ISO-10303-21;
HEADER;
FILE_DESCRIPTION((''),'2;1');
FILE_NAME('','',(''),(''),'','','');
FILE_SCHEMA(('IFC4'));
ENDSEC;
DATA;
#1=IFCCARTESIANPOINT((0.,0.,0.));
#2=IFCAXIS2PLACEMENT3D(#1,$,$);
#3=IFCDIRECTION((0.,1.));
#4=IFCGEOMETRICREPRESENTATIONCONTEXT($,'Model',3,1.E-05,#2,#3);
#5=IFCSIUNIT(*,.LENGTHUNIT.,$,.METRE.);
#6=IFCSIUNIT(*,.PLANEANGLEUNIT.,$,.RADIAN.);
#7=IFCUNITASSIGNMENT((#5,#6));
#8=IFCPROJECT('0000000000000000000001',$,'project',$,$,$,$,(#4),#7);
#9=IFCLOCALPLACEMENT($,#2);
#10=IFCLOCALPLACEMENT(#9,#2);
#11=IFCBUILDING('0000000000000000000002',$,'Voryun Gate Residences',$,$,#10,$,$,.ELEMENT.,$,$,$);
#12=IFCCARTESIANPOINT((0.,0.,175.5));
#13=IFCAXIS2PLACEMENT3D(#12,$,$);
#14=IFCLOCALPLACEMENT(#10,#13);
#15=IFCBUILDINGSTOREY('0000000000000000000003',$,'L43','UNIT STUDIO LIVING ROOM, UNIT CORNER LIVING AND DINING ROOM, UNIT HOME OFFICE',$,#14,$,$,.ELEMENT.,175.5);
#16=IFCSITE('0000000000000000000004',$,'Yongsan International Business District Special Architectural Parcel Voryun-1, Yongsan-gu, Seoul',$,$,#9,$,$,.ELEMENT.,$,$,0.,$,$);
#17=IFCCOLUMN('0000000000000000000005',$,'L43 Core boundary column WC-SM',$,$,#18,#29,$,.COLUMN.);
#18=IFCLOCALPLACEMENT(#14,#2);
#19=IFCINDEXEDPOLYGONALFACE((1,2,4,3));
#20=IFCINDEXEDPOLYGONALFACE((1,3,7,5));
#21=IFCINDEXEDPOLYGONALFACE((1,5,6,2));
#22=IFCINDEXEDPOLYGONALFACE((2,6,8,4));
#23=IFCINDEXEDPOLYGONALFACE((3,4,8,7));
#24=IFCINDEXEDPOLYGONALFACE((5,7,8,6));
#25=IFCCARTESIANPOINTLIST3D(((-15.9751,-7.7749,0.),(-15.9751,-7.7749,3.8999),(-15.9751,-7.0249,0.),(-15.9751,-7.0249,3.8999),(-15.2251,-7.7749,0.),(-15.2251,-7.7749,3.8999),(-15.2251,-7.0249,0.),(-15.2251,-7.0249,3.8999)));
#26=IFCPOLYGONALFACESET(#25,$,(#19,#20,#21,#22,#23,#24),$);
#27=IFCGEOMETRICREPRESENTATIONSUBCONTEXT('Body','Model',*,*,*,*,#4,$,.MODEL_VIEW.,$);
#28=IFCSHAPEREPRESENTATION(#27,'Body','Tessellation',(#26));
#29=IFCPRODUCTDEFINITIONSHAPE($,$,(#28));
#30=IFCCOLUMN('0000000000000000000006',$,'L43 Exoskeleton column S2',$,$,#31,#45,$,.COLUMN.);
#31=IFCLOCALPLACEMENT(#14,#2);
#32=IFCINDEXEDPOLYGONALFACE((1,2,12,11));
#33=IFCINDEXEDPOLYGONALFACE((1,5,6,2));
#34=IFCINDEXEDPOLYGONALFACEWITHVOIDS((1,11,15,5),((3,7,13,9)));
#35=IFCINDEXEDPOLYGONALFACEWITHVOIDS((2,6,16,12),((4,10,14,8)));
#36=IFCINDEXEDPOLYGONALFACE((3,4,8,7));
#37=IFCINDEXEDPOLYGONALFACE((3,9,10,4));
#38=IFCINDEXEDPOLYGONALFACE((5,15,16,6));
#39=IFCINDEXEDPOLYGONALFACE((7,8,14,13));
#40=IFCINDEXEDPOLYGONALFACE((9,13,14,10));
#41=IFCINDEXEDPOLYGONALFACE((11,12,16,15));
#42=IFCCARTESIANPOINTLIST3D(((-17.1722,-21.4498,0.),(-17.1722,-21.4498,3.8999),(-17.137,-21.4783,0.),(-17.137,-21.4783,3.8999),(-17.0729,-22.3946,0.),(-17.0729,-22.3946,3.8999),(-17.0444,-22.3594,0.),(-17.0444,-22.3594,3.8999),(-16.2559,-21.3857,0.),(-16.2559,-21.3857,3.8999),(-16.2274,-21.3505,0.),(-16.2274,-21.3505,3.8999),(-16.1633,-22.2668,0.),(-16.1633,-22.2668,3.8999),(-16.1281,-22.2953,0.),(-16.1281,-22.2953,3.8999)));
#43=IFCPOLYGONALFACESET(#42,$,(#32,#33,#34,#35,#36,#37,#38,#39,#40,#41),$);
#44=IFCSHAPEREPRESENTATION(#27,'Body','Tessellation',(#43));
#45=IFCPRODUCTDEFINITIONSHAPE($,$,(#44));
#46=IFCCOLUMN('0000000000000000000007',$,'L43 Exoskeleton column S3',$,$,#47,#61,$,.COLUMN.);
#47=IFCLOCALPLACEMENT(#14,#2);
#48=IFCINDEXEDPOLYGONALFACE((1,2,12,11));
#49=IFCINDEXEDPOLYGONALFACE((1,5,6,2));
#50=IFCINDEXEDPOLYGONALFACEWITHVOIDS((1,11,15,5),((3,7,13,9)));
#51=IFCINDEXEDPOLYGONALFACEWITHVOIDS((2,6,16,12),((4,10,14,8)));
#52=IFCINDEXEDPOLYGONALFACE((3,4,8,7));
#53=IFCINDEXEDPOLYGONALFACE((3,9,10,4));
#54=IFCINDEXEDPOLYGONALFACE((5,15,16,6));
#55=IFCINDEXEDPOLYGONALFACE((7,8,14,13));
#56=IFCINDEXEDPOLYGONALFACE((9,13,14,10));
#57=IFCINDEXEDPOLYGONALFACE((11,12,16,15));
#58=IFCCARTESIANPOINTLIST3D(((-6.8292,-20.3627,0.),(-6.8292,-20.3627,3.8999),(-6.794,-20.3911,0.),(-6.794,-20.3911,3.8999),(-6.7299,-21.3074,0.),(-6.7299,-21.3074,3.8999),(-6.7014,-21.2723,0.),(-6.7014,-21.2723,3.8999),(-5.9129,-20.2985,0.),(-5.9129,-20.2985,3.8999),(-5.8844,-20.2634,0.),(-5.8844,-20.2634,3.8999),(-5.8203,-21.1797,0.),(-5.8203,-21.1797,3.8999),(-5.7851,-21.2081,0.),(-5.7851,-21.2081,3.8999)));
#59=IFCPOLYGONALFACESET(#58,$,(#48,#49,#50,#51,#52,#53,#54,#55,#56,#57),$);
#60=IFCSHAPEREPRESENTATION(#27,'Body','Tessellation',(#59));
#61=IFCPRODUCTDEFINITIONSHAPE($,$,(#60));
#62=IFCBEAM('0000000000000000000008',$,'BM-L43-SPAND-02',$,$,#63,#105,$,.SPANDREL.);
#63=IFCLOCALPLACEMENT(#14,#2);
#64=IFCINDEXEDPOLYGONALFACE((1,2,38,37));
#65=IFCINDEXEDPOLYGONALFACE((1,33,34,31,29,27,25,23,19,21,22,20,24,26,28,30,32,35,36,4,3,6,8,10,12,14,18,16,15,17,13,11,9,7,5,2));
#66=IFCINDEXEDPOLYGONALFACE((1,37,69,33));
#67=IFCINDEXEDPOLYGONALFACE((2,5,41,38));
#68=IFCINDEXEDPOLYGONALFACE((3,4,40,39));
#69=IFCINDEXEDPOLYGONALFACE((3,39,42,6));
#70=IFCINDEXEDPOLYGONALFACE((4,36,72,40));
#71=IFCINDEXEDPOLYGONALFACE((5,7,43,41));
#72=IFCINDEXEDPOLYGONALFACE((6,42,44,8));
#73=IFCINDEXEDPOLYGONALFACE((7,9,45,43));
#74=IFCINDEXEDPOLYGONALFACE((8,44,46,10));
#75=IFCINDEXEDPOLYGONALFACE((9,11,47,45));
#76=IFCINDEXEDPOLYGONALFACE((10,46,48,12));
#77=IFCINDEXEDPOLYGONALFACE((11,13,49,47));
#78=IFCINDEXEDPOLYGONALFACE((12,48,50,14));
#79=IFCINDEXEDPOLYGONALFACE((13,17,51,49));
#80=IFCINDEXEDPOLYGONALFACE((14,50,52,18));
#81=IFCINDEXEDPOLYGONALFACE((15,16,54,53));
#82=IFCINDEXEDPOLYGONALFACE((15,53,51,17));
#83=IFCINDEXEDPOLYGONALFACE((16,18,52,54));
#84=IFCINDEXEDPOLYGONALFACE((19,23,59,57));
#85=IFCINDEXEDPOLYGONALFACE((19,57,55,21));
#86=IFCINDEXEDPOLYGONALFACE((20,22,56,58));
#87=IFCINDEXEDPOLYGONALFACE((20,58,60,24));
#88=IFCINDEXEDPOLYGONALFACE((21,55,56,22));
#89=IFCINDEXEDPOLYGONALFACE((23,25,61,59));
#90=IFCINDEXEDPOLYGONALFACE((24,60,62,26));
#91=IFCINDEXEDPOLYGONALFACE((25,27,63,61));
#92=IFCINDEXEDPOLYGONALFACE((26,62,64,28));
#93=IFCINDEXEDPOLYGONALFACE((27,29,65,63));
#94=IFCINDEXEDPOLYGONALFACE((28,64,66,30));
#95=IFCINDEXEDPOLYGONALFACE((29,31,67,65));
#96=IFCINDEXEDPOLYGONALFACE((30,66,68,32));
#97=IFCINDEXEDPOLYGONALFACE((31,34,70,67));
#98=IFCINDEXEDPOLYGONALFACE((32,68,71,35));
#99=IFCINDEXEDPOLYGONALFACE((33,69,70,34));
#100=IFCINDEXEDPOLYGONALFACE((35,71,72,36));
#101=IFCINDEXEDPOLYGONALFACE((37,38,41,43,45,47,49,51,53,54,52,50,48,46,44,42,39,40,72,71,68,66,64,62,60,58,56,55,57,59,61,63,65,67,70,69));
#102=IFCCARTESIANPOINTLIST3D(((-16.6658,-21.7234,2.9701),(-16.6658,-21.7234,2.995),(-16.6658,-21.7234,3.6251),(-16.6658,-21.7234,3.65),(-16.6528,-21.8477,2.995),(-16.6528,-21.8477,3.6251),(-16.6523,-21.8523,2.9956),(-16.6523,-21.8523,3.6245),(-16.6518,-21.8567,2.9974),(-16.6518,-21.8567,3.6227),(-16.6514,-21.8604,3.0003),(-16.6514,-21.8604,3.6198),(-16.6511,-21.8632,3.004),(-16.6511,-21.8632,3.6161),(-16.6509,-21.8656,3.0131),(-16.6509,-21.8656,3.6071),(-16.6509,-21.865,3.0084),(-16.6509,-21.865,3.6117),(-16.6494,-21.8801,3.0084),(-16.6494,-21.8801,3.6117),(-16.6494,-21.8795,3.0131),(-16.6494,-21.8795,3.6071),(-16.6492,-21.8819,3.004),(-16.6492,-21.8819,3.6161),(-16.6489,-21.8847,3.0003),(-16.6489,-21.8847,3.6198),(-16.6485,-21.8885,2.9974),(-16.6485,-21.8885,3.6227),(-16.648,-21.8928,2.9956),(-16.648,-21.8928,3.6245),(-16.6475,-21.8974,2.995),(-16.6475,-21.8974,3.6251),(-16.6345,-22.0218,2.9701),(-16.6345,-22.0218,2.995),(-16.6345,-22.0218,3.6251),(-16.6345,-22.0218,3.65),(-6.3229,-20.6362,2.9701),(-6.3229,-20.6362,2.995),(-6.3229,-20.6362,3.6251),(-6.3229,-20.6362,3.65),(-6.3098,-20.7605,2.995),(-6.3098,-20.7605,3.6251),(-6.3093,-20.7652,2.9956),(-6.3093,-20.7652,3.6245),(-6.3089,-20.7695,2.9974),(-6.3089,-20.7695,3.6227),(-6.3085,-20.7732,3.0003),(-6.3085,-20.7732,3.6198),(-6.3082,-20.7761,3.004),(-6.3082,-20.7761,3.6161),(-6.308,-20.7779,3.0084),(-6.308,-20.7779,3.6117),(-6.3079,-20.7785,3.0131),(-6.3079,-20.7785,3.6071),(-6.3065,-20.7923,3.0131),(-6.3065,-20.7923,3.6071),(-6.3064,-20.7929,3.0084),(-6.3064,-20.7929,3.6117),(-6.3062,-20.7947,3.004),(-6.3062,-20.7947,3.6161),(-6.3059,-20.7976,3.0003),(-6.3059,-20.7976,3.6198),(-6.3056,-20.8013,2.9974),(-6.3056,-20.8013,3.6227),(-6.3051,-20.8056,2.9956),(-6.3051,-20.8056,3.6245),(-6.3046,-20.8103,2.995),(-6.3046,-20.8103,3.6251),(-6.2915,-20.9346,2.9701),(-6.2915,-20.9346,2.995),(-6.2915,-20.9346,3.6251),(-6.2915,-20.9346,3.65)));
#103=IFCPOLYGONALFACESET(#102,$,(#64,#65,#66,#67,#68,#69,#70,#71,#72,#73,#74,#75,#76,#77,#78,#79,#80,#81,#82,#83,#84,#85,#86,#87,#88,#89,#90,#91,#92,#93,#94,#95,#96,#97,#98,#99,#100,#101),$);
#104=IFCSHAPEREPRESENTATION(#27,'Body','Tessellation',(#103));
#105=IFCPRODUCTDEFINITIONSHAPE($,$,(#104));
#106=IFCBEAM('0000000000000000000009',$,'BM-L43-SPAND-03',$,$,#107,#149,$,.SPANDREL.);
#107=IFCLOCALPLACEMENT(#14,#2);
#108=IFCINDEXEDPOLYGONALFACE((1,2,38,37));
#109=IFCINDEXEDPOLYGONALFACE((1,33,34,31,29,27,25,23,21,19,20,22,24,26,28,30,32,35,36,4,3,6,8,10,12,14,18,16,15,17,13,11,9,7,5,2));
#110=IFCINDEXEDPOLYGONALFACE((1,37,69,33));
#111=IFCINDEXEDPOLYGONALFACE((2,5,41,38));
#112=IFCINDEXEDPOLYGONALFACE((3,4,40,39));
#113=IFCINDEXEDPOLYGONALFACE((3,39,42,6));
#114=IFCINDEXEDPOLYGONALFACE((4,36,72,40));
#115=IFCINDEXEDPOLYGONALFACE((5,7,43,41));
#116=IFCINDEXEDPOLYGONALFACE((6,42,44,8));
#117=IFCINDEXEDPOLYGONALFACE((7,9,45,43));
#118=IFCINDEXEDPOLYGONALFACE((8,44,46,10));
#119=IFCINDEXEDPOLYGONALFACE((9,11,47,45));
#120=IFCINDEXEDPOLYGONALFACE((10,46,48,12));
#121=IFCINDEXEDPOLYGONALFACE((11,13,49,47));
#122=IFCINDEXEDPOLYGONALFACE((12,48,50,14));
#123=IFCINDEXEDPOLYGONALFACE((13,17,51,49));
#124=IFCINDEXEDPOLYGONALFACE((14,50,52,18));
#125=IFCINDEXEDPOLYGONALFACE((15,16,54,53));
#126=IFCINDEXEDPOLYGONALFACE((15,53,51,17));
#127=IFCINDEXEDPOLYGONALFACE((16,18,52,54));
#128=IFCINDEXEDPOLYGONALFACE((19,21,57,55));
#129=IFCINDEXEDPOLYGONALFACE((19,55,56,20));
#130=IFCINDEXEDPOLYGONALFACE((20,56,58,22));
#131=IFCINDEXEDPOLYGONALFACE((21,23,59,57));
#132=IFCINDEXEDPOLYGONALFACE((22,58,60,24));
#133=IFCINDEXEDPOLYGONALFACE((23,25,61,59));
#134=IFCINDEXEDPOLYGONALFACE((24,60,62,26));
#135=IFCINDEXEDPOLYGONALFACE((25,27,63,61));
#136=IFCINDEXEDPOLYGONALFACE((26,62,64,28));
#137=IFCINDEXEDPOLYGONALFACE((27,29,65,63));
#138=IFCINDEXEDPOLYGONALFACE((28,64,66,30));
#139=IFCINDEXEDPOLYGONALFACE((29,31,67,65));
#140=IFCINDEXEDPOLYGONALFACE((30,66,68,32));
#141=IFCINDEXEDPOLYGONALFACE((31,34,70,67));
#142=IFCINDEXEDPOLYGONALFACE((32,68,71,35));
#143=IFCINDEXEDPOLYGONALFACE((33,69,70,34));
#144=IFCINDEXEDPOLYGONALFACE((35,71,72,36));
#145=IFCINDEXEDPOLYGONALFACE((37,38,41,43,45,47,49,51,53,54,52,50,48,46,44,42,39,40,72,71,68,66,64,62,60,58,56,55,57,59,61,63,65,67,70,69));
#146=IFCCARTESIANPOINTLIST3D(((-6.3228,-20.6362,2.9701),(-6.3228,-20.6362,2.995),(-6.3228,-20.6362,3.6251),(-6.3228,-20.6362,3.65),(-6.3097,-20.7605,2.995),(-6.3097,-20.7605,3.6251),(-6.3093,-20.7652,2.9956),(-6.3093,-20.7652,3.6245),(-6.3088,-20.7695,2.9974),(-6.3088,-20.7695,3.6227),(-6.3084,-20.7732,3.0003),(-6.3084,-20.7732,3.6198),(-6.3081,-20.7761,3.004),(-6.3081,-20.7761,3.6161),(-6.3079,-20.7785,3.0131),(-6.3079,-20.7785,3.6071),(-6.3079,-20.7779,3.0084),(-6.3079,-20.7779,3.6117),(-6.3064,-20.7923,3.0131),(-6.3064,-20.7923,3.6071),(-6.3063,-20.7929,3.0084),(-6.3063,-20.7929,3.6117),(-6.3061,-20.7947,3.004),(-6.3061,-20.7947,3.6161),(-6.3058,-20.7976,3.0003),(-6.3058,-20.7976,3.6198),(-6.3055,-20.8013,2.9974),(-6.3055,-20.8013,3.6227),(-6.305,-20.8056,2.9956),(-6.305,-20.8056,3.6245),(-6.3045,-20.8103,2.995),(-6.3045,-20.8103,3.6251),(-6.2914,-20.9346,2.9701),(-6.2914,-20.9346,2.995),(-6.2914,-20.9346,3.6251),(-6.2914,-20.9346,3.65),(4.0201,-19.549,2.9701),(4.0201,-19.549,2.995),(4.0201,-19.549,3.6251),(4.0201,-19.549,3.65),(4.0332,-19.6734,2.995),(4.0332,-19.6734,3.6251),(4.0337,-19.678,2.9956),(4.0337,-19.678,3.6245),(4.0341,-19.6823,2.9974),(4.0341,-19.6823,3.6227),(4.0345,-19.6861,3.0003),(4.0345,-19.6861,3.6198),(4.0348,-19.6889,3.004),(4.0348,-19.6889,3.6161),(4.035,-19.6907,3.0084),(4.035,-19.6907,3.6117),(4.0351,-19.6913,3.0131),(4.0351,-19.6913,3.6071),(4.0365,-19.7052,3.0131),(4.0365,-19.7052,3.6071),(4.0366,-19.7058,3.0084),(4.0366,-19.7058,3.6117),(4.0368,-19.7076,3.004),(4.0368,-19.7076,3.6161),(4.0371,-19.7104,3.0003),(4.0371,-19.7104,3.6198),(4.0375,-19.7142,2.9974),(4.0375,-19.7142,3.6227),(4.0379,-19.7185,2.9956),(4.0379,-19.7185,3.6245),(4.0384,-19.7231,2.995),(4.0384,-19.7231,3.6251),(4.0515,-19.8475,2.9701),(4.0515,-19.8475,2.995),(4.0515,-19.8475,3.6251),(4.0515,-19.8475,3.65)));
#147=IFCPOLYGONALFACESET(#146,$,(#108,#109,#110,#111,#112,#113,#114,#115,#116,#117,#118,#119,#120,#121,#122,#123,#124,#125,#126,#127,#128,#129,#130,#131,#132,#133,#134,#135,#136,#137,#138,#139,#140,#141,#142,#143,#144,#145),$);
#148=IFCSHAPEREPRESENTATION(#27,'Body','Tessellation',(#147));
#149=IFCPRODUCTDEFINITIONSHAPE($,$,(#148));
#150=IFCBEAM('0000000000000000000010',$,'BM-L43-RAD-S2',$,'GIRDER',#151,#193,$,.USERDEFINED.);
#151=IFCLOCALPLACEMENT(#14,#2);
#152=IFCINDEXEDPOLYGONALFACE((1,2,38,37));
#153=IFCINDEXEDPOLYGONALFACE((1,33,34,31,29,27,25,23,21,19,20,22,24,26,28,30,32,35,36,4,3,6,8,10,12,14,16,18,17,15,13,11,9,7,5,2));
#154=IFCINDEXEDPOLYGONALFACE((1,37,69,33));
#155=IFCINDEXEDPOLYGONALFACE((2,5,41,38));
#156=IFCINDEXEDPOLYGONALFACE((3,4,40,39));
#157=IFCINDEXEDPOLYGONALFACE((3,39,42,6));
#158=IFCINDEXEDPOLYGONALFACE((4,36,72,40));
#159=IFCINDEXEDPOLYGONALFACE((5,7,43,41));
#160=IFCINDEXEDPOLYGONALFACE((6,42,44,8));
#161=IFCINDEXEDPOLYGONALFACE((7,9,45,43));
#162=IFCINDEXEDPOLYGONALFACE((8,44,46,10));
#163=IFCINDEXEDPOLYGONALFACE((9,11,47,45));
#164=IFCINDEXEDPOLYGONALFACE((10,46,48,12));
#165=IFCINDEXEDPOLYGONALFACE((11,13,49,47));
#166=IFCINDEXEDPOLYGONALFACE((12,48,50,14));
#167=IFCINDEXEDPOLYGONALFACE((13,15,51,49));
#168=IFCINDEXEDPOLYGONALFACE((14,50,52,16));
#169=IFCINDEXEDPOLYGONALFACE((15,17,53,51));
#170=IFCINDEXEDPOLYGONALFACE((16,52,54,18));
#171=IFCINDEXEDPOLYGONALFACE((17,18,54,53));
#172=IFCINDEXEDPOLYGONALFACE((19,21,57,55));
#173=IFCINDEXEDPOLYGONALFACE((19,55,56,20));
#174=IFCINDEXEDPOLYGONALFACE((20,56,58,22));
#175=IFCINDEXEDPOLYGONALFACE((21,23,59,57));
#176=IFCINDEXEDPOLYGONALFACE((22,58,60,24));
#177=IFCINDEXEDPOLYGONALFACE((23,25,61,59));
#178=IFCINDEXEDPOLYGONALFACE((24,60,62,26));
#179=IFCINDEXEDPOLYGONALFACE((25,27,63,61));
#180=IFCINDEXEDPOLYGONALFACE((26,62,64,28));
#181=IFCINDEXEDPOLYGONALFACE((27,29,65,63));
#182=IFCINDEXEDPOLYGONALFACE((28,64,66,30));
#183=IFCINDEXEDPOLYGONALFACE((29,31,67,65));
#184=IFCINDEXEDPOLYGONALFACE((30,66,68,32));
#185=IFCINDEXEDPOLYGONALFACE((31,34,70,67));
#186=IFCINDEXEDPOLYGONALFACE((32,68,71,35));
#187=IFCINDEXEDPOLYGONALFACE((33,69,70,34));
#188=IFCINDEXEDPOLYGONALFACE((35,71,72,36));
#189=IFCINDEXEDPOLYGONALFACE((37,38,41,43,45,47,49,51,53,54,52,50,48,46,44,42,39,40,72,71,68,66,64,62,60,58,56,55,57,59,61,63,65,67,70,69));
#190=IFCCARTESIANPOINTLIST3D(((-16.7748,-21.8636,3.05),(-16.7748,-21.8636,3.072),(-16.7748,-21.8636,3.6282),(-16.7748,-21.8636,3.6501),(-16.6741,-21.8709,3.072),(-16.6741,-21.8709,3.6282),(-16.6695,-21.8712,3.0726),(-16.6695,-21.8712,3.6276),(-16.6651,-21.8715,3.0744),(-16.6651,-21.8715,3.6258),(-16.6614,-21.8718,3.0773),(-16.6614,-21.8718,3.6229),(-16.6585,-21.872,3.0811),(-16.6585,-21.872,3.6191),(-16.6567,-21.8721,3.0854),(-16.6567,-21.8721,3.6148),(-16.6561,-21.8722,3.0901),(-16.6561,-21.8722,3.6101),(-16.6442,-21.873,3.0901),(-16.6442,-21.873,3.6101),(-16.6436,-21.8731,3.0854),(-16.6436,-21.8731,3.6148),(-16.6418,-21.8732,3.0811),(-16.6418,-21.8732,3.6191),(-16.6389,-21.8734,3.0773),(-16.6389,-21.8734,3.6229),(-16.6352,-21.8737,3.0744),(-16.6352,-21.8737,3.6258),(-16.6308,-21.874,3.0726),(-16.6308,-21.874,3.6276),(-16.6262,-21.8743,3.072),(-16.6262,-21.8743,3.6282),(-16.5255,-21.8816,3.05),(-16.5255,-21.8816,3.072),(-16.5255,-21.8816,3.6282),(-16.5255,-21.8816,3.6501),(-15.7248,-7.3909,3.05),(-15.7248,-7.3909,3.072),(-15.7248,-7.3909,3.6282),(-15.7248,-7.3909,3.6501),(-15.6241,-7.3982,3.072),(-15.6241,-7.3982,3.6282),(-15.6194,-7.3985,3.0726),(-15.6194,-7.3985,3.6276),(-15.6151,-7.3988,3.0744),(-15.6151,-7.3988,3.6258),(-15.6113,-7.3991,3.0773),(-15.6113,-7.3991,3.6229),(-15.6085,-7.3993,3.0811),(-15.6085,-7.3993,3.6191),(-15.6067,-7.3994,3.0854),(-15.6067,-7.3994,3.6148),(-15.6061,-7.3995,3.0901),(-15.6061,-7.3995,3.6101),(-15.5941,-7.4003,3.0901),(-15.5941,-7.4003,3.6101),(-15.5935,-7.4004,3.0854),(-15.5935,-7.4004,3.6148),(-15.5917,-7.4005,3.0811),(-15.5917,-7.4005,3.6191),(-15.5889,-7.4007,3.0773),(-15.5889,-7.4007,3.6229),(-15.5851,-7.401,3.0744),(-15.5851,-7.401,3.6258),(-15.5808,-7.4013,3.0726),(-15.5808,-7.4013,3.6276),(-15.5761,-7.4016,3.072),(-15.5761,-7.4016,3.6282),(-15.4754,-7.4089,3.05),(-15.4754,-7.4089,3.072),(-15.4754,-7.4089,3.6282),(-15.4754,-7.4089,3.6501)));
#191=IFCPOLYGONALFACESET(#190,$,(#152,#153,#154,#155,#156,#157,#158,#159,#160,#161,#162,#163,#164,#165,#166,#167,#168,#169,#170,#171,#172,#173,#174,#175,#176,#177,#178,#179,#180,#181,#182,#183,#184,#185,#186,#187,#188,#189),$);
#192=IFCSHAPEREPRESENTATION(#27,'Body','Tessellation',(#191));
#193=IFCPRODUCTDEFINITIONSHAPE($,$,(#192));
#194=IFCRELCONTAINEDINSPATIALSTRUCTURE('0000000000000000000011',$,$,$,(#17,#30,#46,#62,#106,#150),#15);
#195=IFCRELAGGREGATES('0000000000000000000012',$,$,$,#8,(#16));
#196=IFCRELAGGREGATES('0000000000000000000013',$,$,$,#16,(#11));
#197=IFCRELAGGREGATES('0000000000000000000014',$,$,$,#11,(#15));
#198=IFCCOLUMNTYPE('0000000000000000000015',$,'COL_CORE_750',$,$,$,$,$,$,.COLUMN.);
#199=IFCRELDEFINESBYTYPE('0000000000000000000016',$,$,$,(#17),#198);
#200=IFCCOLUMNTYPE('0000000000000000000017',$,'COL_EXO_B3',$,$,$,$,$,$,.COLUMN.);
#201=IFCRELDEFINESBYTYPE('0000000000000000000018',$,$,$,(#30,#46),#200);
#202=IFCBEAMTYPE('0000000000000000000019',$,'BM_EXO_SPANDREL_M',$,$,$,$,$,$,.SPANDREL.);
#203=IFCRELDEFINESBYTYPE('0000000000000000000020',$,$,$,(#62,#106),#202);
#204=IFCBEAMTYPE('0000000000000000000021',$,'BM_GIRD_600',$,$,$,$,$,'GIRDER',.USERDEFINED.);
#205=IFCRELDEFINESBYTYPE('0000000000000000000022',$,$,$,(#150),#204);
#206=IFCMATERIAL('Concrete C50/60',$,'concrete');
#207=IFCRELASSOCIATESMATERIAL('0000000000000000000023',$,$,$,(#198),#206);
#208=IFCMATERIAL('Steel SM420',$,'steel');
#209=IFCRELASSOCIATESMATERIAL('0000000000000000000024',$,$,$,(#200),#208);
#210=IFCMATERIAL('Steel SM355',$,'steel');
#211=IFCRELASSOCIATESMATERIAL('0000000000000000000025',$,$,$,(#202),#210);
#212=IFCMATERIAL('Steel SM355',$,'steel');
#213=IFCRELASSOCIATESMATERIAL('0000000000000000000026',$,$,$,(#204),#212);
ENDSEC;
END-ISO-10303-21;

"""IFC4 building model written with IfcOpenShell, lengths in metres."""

from ifc_helpers import new_model, si_unit, direction, frame, origin, origin_2d, place, context, subcontext, project, spatial, rectangle, hollow_rectangle, i_section, extrude, material, material_profile, profile_set, type_object, element, save


model = new_model("IFC4")

# Units and contexts
model_context = context("Model", 3, precision=1e-05, world=origin(), true_north=direction((0.0, 1.0)))
body_context = subcontext(model_context, "Body", "Model", "MODEL_VIEW")
ifc_project = project(units=[si_unit("LENGTHUNIT", "METRE"), si_unit("PLANEANGLEUNIT", "RADIAN")], contexts=[model_context])

# Site, building, storey
site_placement = place(None, origin())
site = spatial("IfcSite", under=ifc_project, at=site_placement, Name="Yongsan International Business District Special Architectural Parcel Voryun-1, Yongsan-gu, Seoul", CompositionType="ELEMENT", RefElevation=0.0)
building_placement = place(site_placement, origin())
building = spatial("IfcBuilding", under=site, at=building_placement, Name="Voryun Gate Residences", CompositionType="ELEMENT")
storey_placement = place(building_placement, frame((0.0, 0.0, 175.5)))
storey = spatial("IfcBuildingStorey", under=building, at=storey_placement, Name="L43", Description="UNIT STUDIO LIVING ROOM, UNIT CORNER LIVING AND DINING ROOM, UNIT HOME OFFICE", CompositionType="ELEMENT", Elevation=175.5)

# Columns
ifc_material_1 = material(Name="Concrete C50/60", Category="concrete")
ifc_material_profile_1 = material_profile(ifc_material_1, rectangle(XDim=0.75, YDim=0.75, at=origin_2d()), Name="RC-750x750")
ifc_profile_set_1 = profile_set([ifc_material_profile_1], Name="Concrete C50/60")
column_type_1 = type_object("IfcColumnType", Name="COL_CORE_750", PredefinedType="COLUMN", material=ifc_profile_set_1)
column_placement = place(storey_placement, frame((-15.6001, -7.3999, 0.0), z_axis=(0.0, 0.0, 1.0), x_axis=(1.0, 0.0, 0.0)))
element("IfcColumn", 1, at=column_placement, inside=storey, type_object=column_type_1, Name="L43 Core boundary column WC-SM", PredefinedType="COLUMN", context=body_context, shape_type="SweptSolid", body=[
    extrude(rectangle(XDim=0.75, YDim=0.75, at=origin_2d()), origin(), (0.0, 0.0, 1.0), 3.8999),
])
ifc_material_2 = material(Name="Steel SM420", Category="steel")
ifc_material_profile_2 = material_profile(ifc_material_2, hollow_rectangle(XDim=0.95, YDim=0.95, WallThickness=0.032, at=origin_2d()), Name="BOX-950x950x32")
ifc_profile_set_2 = profile_set([ifc_material_profile_2], Name="Steel SM420")
column_type_2 = type_object("IfcColumnType", Name="COL_EXO_B3", PredefinedType="COLUMN", material=ifc_profile_set_2)
for number, where, z_axis, x_axis, name in (
    (2, (-16.6501, -21.8726, 0.0), (0.0, 0.0, 1.0), (0.994522, 0.104528, 0.0), "L43 Exoskeleton column S2"),
    (3, (-6.3071, -20.7854, 0.0), (0.0, 0.0, 1.0), (0.994522, 0.104528, 0.0), "L43 Exoskeleton column S3"),
):
    element("IfcColumn", number, at=place(storey_placement, frame(where, z_axis=z_axis, x_axis=x_axis)), inside=storey, type_object=column_type_2, Name=name, PredefinedType="COLUMN", context=body_context, shape_type="SweptSolid", body=[
        extrude(hollow_rectangle(XDim=0.95, YDim=0.95, WallThickness=0.032, at=origin_2d()), origin(), (0.0, 0.0, 1.0), 3.8999),
    ])

# Beams
ifc_material_3 = material(Name="Steel SM355", Category="steel")
ifc_material_profile_3 = material_profile(ifc_material_3, i_section(OverallWidth=0.3, OverallDepth=0.6799, WebThickness=0.0139, FlangeThickness=0.0249, FilletRadius=0.0181, at=origin_2d()), Name="H-680x300x14x25")
ifc_profile_set_3 = profile_set([ifc_material_profile_3], Name="Steel SM355")
beam_type_1 = type_object("IfcBeamType", Name="BM_EXO_SPANDREL_M", PredefinedType="SPANDREL", material=ifc_profile_set_3)
for number, where, z_axis, x_axis, name in (
    (4, (-16.6501, -21.8726, 3.3101), (0.994521, 0.104534, 0.0), (-0.104534, 0.994521, 0.0), "BM-L43-SPAND-02"),
    (5, (-6.3071, -20.7854, 3.3101), (0.994521, 0.104534, 0.0), (-0.104534, 0.994521, 0.0), "BM-L43-SPAND-03"),
):
    element("IfcBeam", number, at=place(storey_placement, frame(where, z_axis=z_axis, x_axis=x_axis)), inside=storey, type_object=beam_type_1, Name=name, PredefinedType="SPANDREL", context=body_context, shape_type="SweptSolid", body=[
        extrude(i_section(OverallWidth=0.3, OverallDepth=0.6799, WebThickness=0.0139, FlangeThickness=0.0249, FilletRadius=0.0181, at=origin_2d()), origin(), (0.0, 0.0, 1.0), 10.3999),
    ])
ifc_material_4 = material(Name="Steel SM355", Category="steel")
ifc_material_profile_4 = material_profile(ifc_material_4, i_section(OverallWidth=0.25, OverallDepth=0.6001, WebThickness=0.012, FlangeThickness=0.022, FilletRadius=0.0181, at=origin_2d()), Name="H-600x250x12x22")
ifc_profile_set_4 = profile_set([ifc_material_profile_4], Name="Steel SM355")
beam_type_2 = type_object("IfcBeamType", Name="BM_GIRD_600", ElementType="GIRDER", PredefinedType="USERDEFINED", material=ifc_profile_set_4)
beam_placement = place(storey_placement, frame((-15.6001, -7.3999, 3.3501), z_axis=(-0.072364, -0.997378, 0.0), x_axis=(0.997378, -0.072364, 0.0)))
element("IfcBeam", 6, at=beam_placement, inside=storey, type_object=beam_type_2, Name="BM-L43-RAD-S2", ObjectType="GIRDER", PredefinedType="USERDEFINED", context=body_context, shape_type="SweptSolid", body=[
    extrude(i_section(OverallWidth=0.25, OverallDepth=0.6001, WebThickness=0.012, FlangeThickness=0.022, FilletRadius=0.0181, at=origin_2d()), origin(), (0.0, 0.0, 1.0), 14.5107),
])

save(model, "model.ifc")
